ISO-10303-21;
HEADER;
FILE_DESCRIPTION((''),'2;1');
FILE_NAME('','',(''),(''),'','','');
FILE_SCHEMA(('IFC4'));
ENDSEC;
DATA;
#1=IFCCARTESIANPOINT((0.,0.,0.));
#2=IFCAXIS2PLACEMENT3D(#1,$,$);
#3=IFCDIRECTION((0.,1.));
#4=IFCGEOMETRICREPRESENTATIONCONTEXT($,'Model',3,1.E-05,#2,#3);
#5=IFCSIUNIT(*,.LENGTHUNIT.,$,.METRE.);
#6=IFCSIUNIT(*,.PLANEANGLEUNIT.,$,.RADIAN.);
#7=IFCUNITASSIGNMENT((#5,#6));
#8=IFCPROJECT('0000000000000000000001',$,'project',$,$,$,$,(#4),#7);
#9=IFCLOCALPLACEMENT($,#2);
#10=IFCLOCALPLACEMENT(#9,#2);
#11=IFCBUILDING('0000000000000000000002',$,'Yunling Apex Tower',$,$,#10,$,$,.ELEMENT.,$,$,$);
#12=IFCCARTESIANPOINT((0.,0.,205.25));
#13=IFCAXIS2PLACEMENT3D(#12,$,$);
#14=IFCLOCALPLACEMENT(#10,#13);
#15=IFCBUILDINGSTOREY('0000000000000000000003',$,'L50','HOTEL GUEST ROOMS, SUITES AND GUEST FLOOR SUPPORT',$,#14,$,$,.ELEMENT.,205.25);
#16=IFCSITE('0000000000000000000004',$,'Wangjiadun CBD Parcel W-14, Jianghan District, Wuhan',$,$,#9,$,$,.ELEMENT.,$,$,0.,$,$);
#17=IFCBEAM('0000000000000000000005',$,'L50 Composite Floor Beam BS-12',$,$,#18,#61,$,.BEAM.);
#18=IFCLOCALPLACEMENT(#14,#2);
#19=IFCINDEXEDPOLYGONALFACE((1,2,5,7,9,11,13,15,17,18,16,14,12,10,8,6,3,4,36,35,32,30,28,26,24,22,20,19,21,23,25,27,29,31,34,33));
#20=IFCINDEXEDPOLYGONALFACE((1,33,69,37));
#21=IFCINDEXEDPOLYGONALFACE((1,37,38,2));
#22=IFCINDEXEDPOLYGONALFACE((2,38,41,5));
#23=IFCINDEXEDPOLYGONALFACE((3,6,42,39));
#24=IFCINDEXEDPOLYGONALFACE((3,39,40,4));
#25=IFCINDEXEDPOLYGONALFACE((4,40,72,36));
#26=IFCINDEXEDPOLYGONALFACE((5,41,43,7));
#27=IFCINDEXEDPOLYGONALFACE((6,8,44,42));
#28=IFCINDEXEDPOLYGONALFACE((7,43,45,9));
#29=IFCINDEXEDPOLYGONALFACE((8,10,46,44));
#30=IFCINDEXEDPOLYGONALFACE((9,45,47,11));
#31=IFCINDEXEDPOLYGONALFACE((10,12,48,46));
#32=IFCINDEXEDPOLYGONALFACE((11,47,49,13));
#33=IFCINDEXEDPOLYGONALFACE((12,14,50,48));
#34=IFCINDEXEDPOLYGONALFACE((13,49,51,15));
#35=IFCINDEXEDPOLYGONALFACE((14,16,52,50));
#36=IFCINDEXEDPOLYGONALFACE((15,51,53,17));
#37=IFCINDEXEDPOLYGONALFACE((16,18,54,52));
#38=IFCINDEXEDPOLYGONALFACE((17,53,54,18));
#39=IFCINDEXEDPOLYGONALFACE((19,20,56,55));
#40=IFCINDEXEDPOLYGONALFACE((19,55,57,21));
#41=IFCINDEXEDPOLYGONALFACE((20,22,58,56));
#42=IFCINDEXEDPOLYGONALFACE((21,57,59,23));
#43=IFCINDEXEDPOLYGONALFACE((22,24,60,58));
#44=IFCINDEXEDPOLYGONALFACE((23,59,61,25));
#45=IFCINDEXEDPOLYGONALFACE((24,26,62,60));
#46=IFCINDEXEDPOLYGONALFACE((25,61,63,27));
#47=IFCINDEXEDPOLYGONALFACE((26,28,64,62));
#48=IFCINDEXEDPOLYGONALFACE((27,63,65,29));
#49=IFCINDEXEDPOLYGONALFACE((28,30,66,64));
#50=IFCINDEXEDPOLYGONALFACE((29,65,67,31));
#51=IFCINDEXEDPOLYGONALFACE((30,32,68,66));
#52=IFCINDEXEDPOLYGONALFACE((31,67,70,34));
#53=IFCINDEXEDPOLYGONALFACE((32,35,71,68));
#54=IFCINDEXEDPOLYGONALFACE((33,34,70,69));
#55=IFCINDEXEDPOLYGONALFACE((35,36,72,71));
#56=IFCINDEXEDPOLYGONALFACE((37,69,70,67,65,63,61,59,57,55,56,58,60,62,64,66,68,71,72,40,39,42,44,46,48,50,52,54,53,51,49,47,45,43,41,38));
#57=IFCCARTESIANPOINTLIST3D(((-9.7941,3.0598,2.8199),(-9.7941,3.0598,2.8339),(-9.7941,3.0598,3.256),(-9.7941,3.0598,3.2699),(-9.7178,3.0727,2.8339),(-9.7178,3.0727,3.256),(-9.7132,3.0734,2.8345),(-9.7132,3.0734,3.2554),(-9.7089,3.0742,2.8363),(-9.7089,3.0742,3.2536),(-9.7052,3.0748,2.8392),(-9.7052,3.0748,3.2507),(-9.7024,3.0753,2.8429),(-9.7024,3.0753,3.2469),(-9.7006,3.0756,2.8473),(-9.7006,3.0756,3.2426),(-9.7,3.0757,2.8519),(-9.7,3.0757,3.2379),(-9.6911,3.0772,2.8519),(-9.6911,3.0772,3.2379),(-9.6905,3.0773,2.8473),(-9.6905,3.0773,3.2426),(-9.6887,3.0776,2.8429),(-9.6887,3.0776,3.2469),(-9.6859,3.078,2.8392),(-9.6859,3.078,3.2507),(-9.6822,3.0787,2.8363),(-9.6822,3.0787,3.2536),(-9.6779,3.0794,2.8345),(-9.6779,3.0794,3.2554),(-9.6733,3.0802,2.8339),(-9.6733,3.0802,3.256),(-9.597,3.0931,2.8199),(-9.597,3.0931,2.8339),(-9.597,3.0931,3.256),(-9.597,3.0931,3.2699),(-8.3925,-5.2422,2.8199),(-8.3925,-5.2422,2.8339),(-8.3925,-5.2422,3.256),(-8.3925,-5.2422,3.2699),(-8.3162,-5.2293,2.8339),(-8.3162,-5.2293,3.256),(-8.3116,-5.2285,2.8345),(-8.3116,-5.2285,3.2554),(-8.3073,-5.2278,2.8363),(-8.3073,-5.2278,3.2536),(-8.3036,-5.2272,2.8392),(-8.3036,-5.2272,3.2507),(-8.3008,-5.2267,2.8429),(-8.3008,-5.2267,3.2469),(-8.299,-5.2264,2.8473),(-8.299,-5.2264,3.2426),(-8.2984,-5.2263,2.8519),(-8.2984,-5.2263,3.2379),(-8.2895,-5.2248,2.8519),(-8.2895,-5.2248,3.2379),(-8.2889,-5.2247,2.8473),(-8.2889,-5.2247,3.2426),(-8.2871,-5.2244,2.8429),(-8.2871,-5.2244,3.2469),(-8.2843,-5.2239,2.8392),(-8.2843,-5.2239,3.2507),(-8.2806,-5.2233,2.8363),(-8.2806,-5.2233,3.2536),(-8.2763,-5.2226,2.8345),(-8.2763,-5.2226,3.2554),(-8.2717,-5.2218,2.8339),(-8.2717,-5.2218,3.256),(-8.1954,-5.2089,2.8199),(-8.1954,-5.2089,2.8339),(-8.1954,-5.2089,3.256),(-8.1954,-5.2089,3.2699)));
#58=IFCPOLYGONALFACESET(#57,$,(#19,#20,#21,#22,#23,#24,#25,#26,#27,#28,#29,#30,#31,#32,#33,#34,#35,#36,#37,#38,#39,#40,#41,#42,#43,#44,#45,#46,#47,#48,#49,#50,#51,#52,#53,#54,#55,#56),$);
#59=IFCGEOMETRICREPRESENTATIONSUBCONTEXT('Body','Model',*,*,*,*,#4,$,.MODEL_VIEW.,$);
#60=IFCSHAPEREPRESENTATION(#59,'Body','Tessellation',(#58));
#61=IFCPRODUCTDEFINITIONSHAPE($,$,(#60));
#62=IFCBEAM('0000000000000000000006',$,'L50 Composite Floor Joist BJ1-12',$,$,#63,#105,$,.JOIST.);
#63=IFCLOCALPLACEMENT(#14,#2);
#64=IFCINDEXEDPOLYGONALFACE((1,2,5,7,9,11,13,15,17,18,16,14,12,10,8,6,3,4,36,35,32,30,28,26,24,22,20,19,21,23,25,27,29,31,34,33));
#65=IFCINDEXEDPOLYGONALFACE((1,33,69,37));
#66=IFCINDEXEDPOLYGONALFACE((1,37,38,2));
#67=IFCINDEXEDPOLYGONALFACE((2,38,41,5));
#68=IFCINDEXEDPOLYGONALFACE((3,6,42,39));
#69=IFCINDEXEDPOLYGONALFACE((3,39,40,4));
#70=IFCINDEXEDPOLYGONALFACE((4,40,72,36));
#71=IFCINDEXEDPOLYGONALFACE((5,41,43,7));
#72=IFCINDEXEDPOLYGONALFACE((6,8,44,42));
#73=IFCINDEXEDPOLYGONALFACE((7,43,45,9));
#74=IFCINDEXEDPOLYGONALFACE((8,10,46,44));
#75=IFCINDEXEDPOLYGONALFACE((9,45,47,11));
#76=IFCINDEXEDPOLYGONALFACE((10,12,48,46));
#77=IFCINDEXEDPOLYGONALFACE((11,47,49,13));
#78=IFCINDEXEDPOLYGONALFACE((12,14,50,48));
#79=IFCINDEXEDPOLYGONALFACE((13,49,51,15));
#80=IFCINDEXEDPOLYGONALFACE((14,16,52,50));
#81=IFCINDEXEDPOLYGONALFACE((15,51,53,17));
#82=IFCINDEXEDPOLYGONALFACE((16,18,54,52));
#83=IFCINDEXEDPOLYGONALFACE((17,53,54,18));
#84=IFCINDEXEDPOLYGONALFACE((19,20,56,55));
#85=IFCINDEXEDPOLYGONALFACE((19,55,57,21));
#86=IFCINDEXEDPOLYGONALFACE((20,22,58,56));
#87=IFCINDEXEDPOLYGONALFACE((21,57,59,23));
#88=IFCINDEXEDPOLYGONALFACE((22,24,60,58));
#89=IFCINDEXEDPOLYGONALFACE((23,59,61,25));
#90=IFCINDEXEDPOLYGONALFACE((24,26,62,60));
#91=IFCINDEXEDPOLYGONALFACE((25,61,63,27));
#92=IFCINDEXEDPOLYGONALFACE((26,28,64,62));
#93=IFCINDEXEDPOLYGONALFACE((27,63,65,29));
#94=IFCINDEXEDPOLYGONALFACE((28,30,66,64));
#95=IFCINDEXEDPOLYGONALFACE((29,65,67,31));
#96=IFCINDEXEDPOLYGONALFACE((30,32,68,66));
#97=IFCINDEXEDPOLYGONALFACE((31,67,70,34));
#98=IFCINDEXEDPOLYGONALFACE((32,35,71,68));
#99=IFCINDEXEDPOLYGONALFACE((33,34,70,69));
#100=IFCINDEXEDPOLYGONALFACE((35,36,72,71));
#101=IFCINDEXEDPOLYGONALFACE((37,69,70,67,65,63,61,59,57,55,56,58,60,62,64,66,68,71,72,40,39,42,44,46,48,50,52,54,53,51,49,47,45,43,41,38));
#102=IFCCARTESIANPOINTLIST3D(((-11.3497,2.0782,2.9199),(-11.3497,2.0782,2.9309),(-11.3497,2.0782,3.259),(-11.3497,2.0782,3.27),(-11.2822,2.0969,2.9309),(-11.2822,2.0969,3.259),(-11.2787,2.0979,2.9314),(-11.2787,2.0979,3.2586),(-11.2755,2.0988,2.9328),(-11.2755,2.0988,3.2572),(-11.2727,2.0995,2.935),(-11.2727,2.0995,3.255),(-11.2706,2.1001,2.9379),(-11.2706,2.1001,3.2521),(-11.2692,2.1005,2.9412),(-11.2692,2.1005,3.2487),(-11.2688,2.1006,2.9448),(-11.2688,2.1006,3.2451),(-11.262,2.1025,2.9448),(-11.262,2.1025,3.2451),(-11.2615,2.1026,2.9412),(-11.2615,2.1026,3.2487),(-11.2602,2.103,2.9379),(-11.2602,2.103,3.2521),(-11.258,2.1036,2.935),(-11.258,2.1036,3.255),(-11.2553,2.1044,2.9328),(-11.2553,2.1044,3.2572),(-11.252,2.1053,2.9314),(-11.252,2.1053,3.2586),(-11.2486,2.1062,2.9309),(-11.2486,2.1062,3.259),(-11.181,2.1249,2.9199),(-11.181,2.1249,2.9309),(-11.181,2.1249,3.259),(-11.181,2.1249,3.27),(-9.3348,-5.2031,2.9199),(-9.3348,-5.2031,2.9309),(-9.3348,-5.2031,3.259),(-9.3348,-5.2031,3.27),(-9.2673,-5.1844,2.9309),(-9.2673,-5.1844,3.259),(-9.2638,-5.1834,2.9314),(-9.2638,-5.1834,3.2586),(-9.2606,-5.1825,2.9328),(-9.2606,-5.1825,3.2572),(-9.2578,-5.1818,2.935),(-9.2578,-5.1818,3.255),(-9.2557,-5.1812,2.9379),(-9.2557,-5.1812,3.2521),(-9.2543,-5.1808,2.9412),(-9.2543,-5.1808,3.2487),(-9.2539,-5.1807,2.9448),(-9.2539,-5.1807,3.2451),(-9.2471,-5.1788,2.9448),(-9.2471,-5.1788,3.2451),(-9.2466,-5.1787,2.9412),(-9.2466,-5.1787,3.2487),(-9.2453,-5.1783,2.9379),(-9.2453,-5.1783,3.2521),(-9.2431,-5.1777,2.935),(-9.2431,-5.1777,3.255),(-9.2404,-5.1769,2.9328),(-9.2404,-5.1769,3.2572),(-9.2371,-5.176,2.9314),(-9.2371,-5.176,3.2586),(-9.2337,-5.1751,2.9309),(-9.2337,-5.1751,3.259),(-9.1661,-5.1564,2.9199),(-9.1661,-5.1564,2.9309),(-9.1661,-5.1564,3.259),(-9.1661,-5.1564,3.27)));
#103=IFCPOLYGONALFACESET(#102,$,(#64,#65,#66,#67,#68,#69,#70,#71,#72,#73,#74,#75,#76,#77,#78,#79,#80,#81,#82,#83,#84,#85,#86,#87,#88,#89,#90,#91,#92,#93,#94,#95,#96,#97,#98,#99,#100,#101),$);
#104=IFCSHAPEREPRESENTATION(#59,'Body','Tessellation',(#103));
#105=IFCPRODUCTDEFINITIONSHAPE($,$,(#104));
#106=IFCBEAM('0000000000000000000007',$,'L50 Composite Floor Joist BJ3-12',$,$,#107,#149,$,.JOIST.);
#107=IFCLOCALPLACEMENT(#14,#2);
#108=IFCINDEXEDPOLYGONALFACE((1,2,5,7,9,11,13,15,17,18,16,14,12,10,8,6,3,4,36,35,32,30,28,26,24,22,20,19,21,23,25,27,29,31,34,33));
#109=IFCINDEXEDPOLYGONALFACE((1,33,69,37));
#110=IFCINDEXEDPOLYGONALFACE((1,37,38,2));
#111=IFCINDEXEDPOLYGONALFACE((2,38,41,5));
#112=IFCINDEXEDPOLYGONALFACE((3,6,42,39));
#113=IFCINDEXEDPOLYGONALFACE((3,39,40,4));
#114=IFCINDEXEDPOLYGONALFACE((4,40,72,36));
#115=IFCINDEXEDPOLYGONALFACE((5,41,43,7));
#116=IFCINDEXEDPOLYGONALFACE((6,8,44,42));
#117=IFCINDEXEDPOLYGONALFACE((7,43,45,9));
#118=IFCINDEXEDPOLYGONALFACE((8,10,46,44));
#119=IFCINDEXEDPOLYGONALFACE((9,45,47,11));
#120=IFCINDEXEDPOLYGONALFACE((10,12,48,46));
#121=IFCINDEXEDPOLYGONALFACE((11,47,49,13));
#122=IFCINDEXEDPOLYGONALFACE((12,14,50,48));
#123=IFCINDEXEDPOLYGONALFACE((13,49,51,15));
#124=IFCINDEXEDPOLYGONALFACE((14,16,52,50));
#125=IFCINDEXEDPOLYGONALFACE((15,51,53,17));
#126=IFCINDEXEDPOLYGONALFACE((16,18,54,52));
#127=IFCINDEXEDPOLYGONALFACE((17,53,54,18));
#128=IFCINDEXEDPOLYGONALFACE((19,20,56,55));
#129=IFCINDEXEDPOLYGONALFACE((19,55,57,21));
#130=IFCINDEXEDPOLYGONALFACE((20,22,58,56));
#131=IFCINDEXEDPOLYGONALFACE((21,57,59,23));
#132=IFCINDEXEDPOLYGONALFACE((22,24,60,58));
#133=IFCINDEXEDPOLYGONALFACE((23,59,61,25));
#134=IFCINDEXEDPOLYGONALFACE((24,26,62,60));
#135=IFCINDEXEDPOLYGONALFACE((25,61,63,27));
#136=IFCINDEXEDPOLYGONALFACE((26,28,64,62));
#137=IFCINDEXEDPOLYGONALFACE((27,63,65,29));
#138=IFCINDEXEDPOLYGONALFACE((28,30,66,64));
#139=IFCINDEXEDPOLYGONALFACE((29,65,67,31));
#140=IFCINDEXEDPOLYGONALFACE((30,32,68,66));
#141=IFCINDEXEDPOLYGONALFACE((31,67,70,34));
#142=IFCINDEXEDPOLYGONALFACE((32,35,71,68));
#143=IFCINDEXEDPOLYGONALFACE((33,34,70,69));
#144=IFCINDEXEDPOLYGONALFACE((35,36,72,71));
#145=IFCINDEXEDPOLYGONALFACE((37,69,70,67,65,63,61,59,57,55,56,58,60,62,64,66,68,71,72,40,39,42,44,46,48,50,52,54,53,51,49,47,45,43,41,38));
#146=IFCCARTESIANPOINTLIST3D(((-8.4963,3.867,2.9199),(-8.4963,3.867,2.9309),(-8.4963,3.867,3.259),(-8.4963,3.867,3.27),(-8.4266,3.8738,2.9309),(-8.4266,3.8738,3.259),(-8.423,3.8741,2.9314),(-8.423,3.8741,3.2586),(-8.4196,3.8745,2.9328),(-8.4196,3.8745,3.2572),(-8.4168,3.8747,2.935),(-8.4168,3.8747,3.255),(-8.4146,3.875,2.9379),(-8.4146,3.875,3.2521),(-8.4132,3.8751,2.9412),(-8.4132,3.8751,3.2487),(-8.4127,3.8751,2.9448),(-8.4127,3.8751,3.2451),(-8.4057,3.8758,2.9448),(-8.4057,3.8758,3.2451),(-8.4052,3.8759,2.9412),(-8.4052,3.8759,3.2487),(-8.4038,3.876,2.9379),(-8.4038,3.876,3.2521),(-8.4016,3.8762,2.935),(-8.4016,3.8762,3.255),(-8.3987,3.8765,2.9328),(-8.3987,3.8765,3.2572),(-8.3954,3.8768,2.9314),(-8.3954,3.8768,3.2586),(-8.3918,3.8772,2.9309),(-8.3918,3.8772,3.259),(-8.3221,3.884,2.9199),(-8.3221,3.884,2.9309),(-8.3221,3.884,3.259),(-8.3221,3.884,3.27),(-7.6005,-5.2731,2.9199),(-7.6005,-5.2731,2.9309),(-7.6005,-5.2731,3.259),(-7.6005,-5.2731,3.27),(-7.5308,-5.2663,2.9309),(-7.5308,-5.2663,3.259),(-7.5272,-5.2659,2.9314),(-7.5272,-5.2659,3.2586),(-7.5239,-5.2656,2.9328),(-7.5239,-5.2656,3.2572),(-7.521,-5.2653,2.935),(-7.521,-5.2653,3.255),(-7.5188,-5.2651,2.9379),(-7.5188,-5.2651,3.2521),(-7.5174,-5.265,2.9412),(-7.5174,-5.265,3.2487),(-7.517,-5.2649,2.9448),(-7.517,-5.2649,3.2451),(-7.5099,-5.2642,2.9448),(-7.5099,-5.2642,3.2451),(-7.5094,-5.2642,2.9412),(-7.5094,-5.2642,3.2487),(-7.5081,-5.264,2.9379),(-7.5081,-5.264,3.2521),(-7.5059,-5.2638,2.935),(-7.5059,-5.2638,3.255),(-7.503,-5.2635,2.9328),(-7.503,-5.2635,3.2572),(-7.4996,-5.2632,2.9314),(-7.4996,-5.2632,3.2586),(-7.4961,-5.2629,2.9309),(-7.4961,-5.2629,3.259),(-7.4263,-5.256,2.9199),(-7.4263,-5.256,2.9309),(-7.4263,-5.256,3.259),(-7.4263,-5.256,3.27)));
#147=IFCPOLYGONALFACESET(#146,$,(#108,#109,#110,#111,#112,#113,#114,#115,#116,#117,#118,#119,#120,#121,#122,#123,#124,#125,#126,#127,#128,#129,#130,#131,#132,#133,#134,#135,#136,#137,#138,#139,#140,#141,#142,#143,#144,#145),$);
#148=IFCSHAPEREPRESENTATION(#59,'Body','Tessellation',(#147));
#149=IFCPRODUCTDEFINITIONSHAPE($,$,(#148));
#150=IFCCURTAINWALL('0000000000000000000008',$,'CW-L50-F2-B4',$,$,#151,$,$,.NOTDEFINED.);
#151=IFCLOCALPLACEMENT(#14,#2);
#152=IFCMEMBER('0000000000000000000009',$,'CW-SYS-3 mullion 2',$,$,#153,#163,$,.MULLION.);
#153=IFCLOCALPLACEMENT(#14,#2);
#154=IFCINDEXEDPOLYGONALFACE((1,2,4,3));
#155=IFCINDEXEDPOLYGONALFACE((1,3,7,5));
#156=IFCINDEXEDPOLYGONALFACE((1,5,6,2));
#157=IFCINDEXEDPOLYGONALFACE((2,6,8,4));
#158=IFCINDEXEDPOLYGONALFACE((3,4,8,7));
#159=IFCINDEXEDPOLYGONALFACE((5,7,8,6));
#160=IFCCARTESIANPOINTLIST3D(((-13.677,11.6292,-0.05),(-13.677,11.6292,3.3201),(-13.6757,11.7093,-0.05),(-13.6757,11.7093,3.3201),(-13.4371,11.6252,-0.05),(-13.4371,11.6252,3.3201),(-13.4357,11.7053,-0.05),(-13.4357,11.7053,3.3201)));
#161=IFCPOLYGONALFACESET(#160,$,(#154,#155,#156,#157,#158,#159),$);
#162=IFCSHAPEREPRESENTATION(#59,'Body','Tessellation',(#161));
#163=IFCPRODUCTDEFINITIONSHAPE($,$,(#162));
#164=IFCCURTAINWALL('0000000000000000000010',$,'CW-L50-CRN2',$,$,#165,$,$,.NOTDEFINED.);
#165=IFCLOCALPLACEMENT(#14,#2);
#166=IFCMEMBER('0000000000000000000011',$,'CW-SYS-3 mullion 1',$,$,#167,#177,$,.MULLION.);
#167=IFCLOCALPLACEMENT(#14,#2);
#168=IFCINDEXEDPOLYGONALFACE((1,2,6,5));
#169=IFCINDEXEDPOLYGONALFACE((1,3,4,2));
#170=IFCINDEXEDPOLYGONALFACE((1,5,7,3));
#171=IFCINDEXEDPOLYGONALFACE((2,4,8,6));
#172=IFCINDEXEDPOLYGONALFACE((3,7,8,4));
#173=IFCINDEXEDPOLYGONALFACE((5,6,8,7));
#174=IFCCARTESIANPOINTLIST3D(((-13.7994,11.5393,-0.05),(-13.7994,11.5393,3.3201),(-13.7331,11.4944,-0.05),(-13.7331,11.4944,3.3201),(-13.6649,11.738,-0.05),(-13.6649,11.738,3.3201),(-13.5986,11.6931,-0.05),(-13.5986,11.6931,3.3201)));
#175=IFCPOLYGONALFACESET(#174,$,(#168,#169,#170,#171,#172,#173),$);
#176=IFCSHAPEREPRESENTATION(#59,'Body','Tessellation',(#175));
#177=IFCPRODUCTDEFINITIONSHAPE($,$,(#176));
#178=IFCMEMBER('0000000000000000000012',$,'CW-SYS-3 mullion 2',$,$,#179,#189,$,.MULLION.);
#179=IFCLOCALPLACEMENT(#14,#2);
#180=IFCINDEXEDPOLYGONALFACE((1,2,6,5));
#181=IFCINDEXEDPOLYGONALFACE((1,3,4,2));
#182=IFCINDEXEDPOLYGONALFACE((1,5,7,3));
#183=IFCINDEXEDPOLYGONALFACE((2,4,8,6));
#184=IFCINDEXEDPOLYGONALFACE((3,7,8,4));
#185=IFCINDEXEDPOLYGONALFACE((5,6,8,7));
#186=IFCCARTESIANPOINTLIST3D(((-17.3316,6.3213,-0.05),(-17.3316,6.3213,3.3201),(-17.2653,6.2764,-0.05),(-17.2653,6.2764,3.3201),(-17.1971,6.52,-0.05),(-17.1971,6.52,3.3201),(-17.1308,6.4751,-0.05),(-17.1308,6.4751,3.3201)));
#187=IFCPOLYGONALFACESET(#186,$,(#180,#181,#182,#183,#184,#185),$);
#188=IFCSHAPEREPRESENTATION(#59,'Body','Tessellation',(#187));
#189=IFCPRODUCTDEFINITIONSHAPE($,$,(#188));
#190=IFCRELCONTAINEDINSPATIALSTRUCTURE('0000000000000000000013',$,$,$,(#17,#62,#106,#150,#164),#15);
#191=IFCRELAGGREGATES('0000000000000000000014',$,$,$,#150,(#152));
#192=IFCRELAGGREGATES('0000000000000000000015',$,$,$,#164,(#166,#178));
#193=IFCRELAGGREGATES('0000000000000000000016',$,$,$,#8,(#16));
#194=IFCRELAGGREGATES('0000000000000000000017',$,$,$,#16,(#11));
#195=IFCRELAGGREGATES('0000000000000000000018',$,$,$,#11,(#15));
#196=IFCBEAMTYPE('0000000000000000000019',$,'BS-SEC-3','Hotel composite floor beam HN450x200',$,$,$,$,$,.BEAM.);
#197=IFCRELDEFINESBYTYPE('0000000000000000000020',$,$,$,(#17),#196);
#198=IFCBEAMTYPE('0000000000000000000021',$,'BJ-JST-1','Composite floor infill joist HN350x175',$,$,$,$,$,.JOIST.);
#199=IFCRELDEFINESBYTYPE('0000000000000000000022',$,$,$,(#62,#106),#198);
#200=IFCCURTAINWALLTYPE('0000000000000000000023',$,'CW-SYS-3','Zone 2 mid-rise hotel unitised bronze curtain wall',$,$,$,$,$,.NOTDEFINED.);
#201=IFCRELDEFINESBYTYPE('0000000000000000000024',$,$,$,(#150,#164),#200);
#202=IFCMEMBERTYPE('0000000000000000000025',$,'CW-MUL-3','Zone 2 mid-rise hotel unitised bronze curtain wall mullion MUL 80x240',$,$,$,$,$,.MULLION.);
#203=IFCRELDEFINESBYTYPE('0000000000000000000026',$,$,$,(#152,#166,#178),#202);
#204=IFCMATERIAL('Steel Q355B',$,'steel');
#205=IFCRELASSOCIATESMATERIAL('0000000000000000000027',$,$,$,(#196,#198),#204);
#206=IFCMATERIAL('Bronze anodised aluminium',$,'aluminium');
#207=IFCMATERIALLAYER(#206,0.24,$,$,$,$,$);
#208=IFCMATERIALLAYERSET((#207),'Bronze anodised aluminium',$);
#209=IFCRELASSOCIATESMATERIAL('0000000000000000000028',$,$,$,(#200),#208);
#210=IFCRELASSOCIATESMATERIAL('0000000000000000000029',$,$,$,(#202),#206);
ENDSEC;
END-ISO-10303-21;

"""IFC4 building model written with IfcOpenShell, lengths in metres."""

from ifc_helpers import new_model, si_unit, direction, frame, origin, origin_2d, place, context, subcontext, project, spatial, rectangle, i_section, extrude, source, transform, mapped, material, layer, layer_set, material_profile, profile_set, type_object, element, aggregate, save


model = new_model("IFC4")

# Units and contexts
model_context = context("Model", 3, precision=1e-05, world=origin(), true_north=direction((0.0, 1.0)))
body_context = subcontext(model_context, "Body", "Model", "MODEL_VIEW")
ifc_project = project(units=[si_unit("LENGTHUNIT", "METRE"), si_unit("PLANEANGLEUNIT", "RADIAN")], contexts=[model_context])

# Site, building, storey
site_placement = place(None, origin())
site = spatial("IfcSite", under=ifc_project, at=site_placement, Name="Wangjiadun CBD Parcel W-14, Jianghan District, Wuhan", CompositionType="ELEMENT", RefElevation=0.0)
building_placement = place(site_placement, origin())
building = spatial("IfcBuilding", under=site, at=building_placement, Name="Yunling Apex Tower", CompositionType="ELEMENT")
storey_placement = place(building_placement, frame((0.0, 0.0, 205.25)))
storey = spatial("IfcBuildingStorey", under=building, at=storey_placement, Name="L50", Description="HOTEL GUEST ROOMS, SUITES AND GUEST FLOOR SUPPORT", CompositionType="ELEMENT", Elevation=205.25)

# Beams
ifc_material_1 = material(Name="Steel Q355B", Category="steel")
ifc_material_profile_1 = material_profile(ifc_material_1, i_section(OverallWidth=0.2, OverallDepth=0.45, WebThickness=0.009, FlangeThickness=0.0139, FilletRadius=0.0181, at=origin_2d()))
ifc_profile_set_1 = profile_set([ifc_material_profile_1], Name="Steel Q355B")
beam_type_1 = type_object("IfcBeamType", Name="BS-SEC-3", Description="Hotel composite floor beam HN450x200", PredefinedType="BEAM", material=ifc_profile_set_1)
ifc_material_profile_2 = material_profile(ifc_material_1, i_section(OverallWidth=0.175, OverallDepth=0.3501, WebThickness=0.0071, FlangeThickness=0.011, FilletRadius=0.0139, at=origin_2d()))
ifc_profile_set_2 = profile_set([ifc_material_profile_2], Name="Steel Q355B")
beam_type_2 = type_object("IfcBeamType", Name="BJ-JST-1", Description="Composite floor infill joist HN350x175", PredefinedType="JOIST", material=ifc_profile_set_2)
shared_shape_1 = source(origin(), body_context, "Body", "SweptSolid", [
    extrude(i_section(OverallWidth=0.2, OverallDepth=0.45, WebThickness=0.009, FlangeThickness=0.0139, FilletRadius=0.0181, at=origin_2d()), origin(), (0.0, 0.0, 1.0), 8.4194),
])
beam_1_placement = place(storey_placement, frame((-9.6956, 3.0764, 3.0449), z_axis=(0.166472, -0.986046, 0.0), x_axis=(0.986046, 0.166472, 0.0)))
element("IfcBeam", 1, at=beam_1_placement, inside=storey, type_object=beam_type_1, Name="L50 Composite Floor Beam BS-12", PredefinedType="BEAM", context=body_context, shape_type="MappedRepresentation", body=[
    mapped(shared_shape_1, transform((0.0, 0.0, 0.0), scale=1.0)),
])
shared_shape_2 = source(origin(), body_context, "Body", "SweptSolid", [
    extrude(i_section(OverallWidth=0.175, OverallDepth=0.3501, WebThickness=0.0071, FlangeThickness=0.011, FilletRadius=0.0139, at=origin_2d()), origin(), (0.0, 0.0, 1.0), 7.5549),
])
beam_2_placement = place(storey_placement, frame((-11.2654, 2.1016, 3.095), z_axis=(0.2667, -0.963779, 0.0), x_axis=(0.963779, 0.2667, 0.0)))
element("IfcBeam", 2, at=beam_2_placement, inside=storey, type_object=beam_type_2, Name="L50 Composite Floor Joist BJ1-12", PredefinedType="JOIST", context=body_context, shape_type="MappedRepresentation", body=[
    mapped(shared_shape_2, transform((0.0, 0.0, 0.0), scale=1.0)),
])
shared_shape_3 = source(origin(), body_context, "Body", "SweptSolid", [
    extrude(i_section(OverallWidth=0.175, OverallDepth=0.3501, WebThickness=0.0071, FlangeThickness=0.011, FilletRadius=0.0139, at=origin_2d()), origin(), (0.0, 0.0, 1.0), 9.1838),
])
beam_3_placement = place(storey_placement, frame((-8.4092, 3.8755, 3.095), z_axis=(0.097535, -0.995232, 0.0), x_axis=(0.995232, 0.097535, 0.0)))
element("IfcBeam", 3, at=beam_3_placement, inside=storey, type_object=beam_type_2, Name="L50 Composite Floor Joist BJ3-12", PredefinedType="JOIST", context=body_context, shape_type="MappedRepresentation", body=[
    mapped(shared_shape_3, transform((0.0, 0.0, 0.0), scale=1.0)),
])

# Curtain wall, member
ifc_material_2 = material(Name="Bronze anodised aluminium", Category="aluminium")
ifc_layer_1 = layer(ifc_material_2, 0.24)
ifc_layer_set_1 = layer_set([ifc_layer_1], Name="Bronze anodised aluminium")
curtain_wall_type = type_object("IfcCurtainWallType", Name="CW-SYS-3", Description="Zone 2 mid-rise hotel unitised bronze curtain wall", PredefinedType="NOTDEFINED", material=ifc_layer_set_1)
curtain_wall_1_placement = place(storey_placement, origin())
curtain_wall_1 = element("IfcCurtainWall", 4, at=curtain_wall_1_placement, inside=storey, type_object=curtain_wall_type, Name="CW-L50-F2-B4", PredefinedType="NOTDEFINED")
ifc_material_profile_3 = material_profile(ifc_material_2, rectangle(XDim=0.0801, YDim=0.24, at=origin_2d()))
ifc_profile_set_3 = profile_set([ifc_material_profile_3], Name="Bronze anodised aluminium")
member_type_1 = type_object("IfcMemberType", Name="CW-MUL-3", Description="Zone 2 mid-rise hotel unitised bronze curtain wall mullion MUL 80x240", PredefinedType="MULLION", material=ifc_profile_set_3)
shared_shape_4 = source(origin(), body_context, "Body", "SweptSolid", [
    extrude(rectangle(XDim=0.0801, YDim=0.24, at=origin_2d()), origin(), (0.0, 0.0, 1.0), 3.3701),
])
member_1_placement = place(storey_placement, frame((-13.5564, 11.6672, -0.05), z_axis=(0.0, 0.0, 1.0), x_axis=(-0.016761, -0.99986, 0.0)))
member_1 = element("IfcMember", 5, at=member_1_placement, type_object=member_type_1, Name="CW-SYS-3 mullion 2", PredefinedType="MULLION", context=body_context, shape_type="MappedRepresentation", body=[
    mapped(shared_shape_4, transform((0.0, 0.0, 0.0), scale=1.0)),
])

# Curtain wall, members
curtain_wall_2_placement = place(storey_placement, origin())
curtain_wall_2 = element("IfcCurtainWall", 6, at=curtain_wall_2_placement, inside=storey, type_object=curtain_wall_type, Name="CW-L50-CRN2", PredefinedType="NOTDEFINED")
member_2_placement = place(storey_placement, frame((-13.699, 11.6162, -0.05), z_axis=(0.0, 0.0, 1.0), x_axis=(0.828107, -0.56057, 0.0)))
member_2 = element("IfcMember", 7, at=member_2_placement, type_object=member_type_1, Name="CW-SYS-3 mullion 1", PredefinedType="MULLION", context=body_context, shape_type="MappedRepresentation", body=[
    mapped(shared_shape_4, transform((0.0, 0.0, 0.0), scale=1.0)),
])
member_3_placement = place(storey_placement, frame((-17.2312, 6.3982, -0.05), z_axis=(0.0, 0.0, 1.0), x_axis=(0.828107, -0.56057, 0.0)))
member_3 = element("IfcMember", 8, at=member_3_placement, type_object=member_type_1, Name="CW-SYS-3 mullion 2", PredefinedType="MULLION", context=body_context, shape_type="MappedRepresentation", body=[
    mapped(shared_shape_4, transform((0.0, 0.0, 0.0), scale=1.0)),
])

aggregate(curtain_wall_1, [member_1])
aggregate(curtain_wall_2, [member_2, member_3])

save(model, "model.ifc")
